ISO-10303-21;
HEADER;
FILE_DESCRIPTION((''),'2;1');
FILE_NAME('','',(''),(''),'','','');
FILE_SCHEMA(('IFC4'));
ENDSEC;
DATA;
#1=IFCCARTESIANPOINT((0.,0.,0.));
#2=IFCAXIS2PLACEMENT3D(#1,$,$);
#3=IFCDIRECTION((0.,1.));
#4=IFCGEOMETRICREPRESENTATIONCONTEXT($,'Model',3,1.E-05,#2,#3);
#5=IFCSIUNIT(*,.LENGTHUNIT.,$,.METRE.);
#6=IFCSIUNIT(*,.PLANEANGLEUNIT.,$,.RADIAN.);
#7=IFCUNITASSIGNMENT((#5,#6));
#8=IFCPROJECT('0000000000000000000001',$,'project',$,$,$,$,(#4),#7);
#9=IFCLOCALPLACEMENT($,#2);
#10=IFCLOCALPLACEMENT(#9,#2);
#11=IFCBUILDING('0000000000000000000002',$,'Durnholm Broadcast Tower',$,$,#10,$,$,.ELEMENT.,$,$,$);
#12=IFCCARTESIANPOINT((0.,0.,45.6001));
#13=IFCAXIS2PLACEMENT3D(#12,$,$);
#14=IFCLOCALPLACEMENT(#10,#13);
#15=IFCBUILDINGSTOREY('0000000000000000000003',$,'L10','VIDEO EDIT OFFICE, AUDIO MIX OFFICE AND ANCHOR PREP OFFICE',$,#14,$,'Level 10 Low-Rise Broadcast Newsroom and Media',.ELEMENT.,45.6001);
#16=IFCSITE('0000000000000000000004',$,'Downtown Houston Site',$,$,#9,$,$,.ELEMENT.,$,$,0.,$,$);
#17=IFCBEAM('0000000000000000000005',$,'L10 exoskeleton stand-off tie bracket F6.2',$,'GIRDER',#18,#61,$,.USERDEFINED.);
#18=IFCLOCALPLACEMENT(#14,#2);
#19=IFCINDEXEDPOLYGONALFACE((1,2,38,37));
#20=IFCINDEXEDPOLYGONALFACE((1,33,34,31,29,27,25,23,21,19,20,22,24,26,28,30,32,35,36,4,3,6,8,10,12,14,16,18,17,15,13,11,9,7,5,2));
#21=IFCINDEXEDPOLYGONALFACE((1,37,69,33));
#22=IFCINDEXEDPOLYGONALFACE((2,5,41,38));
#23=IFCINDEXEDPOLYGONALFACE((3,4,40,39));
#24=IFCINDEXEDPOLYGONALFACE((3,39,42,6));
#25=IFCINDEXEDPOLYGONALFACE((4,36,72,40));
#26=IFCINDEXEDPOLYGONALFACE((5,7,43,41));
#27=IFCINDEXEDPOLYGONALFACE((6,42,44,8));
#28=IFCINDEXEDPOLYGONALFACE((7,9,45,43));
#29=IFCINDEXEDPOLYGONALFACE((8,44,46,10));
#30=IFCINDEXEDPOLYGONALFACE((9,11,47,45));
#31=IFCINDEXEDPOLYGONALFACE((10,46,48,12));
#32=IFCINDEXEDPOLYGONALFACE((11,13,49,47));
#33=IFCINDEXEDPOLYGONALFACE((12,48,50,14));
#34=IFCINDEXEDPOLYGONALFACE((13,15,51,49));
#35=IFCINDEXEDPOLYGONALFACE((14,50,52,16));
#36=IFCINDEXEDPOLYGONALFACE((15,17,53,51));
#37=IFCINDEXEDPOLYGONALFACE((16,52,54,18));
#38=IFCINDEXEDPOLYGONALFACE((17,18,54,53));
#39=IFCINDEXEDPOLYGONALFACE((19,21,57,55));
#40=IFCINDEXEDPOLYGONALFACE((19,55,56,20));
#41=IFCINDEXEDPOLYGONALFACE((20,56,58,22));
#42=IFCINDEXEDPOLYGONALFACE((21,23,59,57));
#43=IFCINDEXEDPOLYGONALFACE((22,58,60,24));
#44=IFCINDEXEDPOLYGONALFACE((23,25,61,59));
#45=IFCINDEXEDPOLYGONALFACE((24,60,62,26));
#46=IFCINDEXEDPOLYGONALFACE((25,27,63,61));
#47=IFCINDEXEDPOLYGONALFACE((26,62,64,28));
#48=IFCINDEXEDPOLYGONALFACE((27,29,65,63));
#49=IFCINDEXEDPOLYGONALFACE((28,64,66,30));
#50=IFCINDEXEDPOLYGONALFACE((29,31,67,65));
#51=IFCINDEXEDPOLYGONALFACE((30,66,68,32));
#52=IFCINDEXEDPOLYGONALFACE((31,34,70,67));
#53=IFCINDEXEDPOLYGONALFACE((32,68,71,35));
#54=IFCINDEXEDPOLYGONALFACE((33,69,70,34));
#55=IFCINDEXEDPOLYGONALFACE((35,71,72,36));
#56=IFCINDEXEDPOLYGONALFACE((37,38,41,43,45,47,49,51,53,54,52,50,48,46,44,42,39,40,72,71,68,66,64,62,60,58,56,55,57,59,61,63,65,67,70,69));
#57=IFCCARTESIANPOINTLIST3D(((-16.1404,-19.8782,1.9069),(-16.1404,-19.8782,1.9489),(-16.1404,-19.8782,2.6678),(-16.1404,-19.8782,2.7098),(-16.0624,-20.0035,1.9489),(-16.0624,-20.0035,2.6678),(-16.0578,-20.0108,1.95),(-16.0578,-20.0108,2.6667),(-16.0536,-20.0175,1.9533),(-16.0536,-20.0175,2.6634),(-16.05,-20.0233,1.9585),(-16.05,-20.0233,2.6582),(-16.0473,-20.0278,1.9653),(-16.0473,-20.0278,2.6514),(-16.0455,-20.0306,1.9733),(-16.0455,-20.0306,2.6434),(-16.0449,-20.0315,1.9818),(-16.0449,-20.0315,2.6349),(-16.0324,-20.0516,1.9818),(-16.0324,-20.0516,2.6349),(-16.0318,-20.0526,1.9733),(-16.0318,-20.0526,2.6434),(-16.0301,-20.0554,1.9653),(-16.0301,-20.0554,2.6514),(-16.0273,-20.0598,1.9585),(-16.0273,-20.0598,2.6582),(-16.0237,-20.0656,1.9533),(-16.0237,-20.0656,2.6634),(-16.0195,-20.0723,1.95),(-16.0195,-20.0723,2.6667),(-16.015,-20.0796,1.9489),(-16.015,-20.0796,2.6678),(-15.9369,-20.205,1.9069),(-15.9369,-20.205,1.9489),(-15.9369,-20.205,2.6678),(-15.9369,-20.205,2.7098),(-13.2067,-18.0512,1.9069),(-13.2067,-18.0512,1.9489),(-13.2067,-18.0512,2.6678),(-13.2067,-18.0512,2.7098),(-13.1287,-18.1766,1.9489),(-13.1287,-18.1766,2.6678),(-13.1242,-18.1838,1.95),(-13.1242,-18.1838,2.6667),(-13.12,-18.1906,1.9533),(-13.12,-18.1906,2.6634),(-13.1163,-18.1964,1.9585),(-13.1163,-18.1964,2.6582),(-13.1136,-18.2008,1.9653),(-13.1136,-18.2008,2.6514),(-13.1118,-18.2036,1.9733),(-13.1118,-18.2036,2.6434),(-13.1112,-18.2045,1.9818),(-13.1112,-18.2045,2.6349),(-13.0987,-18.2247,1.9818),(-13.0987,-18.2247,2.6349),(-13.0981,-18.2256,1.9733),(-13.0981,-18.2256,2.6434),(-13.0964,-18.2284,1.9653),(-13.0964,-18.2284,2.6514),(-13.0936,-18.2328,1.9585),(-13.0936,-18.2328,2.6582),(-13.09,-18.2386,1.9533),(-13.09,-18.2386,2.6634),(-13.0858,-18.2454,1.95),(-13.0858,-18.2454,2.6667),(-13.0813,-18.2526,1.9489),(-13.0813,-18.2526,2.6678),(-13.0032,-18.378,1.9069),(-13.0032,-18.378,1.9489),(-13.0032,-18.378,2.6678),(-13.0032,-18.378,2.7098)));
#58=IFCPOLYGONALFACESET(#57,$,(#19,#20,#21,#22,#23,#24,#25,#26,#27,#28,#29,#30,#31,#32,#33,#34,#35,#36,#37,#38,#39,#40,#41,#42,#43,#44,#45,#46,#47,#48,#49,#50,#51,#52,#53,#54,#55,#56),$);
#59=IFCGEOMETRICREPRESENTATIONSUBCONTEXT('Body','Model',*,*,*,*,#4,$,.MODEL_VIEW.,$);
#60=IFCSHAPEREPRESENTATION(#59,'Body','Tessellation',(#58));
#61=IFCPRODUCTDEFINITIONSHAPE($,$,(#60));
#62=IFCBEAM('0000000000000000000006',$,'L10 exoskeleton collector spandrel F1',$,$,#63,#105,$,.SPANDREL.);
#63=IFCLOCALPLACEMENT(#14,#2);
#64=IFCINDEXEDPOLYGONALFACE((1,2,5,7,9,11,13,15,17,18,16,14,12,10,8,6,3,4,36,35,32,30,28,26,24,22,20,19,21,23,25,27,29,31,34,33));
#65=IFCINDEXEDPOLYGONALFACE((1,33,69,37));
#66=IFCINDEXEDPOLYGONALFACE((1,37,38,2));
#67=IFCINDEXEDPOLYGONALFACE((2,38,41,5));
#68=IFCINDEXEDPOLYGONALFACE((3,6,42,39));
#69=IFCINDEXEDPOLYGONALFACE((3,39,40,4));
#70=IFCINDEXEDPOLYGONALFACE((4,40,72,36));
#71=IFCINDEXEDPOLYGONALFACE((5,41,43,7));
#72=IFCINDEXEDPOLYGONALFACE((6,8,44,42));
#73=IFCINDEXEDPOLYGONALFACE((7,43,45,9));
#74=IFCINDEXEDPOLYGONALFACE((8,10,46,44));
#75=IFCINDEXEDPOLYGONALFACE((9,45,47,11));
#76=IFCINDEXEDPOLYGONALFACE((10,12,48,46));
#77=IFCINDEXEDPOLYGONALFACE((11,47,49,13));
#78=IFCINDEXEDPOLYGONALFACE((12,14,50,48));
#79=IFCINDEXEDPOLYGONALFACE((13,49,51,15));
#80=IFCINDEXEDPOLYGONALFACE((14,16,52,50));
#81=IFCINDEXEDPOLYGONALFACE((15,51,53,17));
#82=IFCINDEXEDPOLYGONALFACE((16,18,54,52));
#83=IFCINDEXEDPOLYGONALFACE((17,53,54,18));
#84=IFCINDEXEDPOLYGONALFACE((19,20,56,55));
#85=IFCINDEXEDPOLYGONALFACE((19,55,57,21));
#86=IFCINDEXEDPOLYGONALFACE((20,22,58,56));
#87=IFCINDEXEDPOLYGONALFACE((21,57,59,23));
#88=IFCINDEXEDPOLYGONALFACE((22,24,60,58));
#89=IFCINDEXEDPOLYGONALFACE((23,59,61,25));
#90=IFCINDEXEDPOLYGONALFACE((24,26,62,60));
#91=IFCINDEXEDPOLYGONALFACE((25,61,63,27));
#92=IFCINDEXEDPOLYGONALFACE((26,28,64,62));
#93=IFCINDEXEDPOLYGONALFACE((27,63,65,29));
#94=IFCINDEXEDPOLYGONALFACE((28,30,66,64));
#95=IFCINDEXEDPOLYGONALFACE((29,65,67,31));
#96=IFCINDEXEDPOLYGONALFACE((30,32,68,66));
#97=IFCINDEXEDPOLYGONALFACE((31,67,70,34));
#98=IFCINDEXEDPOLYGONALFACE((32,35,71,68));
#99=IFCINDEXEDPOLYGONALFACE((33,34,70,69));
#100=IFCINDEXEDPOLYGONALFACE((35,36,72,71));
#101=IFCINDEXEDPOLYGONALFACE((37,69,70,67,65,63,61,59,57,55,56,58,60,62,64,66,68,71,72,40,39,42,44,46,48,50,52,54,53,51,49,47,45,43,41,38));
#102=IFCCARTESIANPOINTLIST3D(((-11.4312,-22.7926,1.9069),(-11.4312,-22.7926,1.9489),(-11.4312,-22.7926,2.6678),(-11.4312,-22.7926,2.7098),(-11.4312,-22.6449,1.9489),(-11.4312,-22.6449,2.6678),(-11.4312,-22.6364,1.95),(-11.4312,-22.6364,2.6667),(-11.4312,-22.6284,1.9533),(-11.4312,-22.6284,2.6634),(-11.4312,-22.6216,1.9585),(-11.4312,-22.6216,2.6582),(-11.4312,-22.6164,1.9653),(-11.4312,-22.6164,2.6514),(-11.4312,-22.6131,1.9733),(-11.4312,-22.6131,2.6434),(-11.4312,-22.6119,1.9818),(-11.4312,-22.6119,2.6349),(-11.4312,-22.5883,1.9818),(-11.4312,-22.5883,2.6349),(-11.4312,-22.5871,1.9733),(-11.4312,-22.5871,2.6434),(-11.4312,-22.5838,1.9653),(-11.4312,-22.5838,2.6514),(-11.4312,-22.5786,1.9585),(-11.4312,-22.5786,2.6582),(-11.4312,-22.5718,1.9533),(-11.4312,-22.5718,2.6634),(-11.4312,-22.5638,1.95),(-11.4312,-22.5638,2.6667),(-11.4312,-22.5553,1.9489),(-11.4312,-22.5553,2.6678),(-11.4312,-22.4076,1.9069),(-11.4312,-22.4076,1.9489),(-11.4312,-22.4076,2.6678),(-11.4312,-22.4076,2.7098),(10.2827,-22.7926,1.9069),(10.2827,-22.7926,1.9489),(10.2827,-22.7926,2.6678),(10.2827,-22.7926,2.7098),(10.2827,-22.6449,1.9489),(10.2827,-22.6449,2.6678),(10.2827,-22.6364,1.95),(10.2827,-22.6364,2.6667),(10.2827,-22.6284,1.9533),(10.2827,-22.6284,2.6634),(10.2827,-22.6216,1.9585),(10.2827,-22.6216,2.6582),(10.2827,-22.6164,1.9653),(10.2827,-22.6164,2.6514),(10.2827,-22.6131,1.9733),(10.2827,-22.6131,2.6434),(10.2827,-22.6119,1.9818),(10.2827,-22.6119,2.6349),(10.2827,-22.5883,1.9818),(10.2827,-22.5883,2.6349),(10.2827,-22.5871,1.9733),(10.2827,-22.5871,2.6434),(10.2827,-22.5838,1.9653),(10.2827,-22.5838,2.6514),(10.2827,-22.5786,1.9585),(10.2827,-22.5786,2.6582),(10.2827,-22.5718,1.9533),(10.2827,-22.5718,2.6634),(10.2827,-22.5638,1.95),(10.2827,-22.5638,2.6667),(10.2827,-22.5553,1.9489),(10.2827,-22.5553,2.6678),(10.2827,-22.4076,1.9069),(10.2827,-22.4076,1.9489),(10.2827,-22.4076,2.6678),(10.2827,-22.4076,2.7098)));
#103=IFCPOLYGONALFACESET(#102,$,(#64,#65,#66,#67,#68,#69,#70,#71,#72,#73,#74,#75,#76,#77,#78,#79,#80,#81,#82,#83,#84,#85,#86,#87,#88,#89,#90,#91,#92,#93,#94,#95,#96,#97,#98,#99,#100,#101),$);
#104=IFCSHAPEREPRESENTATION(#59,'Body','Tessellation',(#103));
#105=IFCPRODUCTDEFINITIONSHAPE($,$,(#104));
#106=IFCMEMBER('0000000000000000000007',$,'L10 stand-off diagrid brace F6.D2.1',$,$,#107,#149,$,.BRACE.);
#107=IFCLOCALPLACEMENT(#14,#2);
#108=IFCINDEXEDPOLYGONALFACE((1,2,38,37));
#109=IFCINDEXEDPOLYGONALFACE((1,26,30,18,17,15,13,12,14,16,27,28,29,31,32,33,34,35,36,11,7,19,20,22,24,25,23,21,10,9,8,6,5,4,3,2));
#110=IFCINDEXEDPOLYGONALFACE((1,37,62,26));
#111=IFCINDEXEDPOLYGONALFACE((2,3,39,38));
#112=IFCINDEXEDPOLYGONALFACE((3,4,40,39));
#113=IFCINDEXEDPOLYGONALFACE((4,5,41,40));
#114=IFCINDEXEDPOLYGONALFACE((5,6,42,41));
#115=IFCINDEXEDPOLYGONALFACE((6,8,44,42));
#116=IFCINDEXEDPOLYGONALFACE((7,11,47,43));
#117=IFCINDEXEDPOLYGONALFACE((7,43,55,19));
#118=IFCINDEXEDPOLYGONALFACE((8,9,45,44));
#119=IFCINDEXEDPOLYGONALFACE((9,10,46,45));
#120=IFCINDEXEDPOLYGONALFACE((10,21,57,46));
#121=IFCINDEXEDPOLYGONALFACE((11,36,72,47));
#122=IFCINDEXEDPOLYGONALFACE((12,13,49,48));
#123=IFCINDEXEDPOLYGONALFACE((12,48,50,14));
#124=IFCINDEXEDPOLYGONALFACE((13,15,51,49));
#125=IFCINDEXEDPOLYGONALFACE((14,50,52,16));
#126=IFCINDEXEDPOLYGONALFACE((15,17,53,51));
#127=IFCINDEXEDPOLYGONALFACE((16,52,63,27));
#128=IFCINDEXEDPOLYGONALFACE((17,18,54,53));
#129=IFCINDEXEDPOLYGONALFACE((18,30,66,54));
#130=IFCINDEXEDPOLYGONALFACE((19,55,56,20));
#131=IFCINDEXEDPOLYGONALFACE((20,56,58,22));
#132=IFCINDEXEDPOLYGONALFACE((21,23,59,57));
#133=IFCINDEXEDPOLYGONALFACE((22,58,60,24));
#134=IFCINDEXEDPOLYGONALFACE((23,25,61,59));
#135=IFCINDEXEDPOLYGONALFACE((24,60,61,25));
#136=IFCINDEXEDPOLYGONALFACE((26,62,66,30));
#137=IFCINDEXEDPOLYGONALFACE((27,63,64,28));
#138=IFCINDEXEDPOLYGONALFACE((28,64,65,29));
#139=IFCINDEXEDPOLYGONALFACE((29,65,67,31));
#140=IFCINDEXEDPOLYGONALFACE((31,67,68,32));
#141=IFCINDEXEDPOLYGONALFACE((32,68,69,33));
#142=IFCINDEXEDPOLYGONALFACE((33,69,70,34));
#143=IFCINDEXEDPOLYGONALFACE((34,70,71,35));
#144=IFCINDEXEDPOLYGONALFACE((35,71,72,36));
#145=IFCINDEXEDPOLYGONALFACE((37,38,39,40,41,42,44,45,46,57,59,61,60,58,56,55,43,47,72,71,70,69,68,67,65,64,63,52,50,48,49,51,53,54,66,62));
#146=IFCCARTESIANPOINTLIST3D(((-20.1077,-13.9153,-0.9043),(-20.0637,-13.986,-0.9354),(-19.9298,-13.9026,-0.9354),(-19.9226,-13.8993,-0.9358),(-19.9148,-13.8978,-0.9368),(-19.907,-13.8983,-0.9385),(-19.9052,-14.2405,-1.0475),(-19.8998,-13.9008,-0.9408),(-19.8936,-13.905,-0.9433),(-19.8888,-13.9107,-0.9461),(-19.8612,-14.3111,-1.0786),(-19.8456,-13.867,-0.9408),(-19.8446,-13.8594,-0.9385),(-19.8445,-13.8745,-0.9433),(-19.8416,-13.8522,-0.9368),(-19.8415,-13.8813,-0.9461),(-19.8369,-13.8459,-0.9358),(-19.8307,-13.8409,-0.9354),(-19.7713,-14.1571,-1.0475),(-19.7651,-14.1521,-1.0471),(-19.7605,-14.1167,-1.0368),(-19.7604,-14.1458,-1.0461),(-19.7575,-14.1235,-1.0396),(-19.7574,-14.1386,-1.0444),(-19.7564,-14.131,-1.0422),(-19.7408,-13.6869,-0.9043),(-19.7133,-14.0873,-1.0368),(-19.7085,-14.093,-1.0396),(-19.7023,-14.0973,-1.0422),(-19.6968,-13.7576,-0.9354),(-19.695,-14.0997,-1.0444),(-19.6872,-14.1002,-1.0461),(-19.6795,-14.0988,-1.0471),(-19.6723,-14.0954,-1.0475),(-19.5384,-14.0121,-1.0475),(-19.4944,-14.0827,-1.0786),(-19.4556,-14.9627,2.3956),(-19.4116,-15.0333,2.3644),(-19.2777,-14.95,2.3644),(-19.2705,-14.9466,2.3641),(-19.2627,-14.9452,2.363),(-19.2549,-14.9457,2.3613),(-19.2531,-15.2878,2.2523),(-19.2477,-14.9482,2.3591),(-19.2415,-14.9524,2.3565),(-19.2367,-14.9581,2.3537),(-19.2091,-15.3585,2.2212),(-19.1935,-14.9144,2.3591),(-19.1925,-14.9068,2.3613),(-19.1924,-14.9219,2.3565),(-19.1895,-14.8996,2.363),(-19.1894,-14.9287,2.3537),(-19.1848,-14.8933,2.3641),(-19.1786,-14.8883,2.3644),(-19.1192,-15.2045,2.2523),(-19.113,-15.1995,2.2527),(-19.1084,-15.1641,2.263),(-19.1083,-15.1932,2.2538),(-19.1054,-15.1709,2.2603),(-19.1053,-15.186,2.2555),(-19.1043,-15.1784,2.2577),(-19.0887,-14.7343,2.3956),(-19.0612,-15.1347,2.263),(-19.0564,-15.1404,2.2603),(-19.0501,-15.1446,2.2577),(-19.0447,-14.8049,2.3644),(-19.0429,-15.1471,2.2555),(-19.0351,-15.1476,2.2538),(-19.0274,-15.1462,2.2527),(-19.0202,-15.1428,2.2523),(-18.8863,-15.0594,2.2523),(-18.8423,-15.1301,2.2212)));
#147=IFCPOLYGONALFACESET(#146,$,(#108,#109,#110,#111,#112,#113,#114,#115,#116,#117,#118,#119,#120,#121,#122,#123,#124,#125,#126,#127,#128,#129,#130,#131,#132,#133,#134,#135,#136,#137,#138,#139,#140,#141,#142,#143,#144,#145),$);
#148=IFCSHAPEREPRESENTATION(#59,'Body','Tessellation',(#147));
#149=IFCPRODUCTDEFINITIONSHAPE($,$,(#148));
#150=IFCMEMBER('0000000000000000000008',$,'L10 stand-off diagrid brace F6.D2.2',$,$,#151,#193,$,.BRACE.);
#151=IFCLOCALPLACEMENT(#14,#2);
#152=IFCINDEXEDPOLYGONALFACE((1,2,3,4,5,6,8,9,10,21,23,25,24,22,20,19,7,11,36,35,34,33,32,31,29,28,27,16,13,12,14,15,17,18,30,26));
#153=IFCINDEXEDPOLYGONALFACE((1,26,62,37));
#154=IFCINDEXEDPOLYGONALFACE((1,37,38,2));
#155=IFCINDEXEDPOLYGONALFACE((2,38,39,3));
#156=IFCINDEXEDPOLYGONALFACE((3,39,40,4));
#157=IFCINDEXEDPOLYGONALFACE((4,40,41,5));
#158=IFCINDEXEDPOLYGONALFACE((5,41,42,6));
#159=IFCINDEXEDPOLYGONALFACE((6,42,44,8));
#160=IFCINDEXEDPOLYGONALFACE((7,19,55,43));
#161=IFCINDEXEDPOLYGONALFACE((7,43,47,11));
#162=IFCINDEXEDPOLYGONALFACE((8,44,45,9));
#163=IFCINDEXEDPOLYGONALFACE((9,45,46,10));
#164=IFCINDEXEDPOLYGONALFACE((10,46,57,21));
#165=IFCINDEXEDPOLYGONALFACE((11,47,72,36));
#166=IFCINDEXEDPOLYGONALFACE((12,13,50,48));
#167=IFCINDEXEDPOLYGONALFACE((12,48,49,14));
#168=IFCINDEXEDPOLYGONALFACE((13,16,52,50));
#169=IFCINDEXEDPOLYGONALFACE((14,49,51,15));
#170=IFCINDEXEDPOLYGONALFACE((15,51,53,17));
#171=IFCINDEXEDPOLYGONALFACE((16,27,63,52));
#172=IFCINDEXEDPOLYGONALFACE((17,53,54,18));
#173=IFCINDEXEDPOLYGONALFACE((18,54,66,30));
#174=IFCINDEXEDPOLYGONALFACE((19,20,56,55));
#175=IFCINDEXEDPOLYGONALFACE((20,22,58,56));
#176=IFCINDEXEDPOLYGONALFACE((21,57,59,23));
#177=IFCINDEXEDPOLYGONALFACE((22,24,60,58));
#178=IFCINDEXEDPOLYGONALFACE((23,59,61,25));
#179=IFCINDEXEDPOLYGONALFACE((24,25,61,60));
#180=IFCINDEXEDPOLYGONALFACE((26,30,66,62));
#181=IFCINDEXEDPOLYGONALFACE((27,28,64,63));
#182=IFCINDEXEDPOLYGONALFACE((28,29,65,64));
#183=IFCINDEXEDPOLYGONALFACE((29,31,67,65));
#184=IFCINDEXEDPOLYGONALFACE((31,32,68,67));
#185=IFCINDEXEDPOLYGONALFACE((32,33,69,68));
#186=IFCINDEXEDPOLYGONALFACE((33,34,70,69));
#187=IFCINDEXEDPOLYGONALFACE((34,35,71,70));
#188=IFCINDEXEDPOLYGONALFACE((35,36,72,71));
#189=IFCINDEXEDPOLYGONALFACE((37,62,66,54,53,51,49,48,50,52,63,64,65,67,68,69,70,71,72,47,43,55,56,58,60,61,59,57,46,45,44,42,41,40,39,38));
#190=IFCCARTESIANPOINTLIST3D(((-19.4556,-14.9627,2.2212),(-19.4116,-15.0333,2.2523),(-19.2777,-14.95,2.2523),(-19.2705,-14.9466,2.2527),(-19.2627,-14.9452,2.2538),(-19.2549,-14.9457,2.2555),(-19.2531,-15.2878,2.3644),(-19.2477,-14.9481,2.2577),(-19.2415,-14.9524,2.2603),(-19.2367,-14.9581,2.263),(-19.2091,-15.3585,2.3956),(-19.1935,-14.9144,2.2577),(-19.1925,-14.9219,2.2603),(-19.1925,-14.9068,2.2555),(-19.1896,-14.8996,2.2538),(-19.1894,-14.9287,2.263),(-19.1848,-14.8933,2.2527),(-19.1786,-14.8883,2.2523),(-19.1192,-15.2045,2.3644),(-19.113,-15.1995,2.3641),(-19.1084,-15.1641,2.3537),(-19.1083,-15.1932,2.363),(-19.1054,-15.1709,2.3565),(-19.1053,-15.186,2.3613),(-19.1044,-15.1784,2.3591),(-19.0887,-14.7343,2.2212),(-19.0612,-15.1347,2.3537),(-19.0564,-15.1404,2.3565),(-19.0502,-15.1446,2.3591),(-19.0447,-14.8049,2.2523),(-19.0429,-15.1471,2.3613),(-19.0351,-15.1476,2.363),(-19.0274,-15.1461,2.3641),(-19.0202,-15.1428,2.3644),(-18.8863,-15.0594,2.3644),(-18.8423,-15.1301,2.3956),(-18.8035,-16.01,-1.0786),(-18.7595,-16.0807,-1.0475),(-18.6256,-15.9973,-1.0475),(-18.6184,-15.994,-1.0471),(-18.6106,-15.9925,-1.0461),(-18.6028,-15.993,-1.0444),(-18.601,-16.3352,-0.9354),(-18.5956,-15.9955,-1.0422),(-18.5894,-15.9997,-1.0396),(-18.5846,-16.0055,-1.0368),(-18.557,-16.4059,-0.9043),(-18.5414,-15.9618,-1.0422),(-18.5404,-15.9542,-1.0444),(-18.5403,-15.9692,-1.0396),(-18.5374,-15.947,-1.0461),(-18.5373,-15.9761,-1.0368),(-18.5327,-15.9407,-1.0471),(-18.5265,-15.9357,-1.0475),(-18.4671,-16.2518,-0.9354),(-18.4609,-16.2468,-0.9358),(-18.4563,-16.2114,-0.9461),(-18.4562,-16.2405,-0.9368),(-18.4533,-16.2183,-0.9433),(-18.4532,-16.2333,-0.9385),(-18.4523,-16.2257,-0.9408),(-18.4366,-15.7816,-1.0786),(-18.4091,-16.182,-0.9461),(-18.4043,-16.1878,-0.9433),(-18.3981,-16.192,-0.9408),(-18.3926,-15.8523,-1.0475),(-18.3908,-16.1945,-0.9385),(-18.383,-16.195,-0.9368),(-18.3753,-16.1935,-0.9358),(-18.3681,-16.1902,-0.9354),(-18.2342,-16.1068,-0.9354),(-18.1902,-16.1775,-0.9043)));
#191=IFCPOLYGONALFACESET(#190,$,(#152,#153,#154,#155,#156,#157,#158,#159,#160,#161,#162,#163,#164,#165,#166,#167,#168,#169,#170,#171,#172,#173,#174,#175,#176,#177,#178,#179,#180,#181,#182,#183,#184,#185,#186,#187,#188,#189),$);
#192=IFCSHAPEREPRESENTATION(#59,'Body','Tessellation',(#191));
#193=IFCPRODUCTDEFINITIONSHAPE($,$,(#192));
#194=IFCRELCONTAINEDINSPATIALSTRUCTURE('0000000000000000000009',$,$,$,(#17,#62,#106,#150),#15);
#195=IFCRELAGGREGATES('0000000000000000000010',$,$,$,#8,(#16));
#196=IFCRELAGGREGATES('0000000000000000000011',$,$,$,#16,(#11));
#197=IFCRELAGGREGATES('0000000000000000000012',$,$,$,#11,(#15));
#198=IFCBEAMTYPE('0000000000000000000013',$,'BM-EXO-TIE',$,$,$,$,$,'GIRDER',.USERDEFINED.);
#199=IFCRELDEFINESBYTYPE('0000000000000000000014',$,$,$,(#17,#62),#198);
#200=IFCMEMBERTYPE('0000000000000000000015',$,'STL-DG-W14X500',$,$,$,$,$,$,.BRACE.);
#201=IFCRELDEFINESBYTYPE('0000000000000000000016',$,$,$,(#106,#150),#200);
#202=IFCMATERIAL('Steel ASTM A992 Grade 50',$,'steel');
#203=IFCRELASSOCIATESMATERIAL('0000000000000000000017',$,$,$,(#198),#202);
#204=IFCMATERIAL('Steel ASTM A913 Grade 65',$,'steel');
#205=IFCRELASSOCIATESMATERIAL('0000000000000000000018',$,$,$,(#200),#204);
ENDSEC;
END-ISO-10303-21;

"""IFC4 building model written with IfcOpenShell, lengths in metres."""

from ifc_helpers import new_model, si_unit, direction, frame, origin, origin_2d, place, context, subcontext, project, spatial, i_section, extrude, source, transform, mapped, material, material_profile, profile_set, type_object, type_shapes, element, save


model = new_model("IFC4")

# Units and contexts
model_context = context("Model", 3, precision=1e-05, world=origin(), true_north=direction((0.0, 1.0)))
body_context = subcontext(model_context, "Body", "Model", "MODEL_VIEW")
ifc_project = project(units=[si_unit("LENGTHUNIT", "METRE"), si_unit("PLANEANGLEUNIT", "RADIAN")], contexts=[model_context])

# Site, building, storey
site_placement = place(None, origin())
site = spatial("IfcSite", under=ifc_project, at=site_placement, Name="Downtown Houston Site", CompositionType="ELEMENT", RefElevation=0.0)
building_placement = place(site_placement, origin())
building = spatial("IfcBuilding", under=site, at=building_placement, Name="Durnholm Broadcast Tower", CompositionType="ELEMENT")
storey_placement = place(building_placement, frame((0.0, 0.0, 45.6001)))
storey = spatial("IfcBuildingStorey", under=building, at=storey_placement, Name="L10", Description="VIDEO EDIT OFFICE, AUDIO MIX OFFICE AND ANCHOR PREP OFFICE", LongName="Level 10 Low-Rise Broadcast Newsroom and Media", CompositionType="ELEMENT", Elevation=45.6001)

# Beams
ifc_material_1 = material(Name="Steel ASTM A992 Grade 50", Category="steel")
ifc_material_profile_1 = material_profile(ifc_material_1, i_section(OverallWidth=0.385, OverallDepth=0.803, WebThickness=0.0237, FlangeThickness=0.042, FilletRadius=0.033, at=origin_2d()), Name="W30X261")
ifc_profile_set_1 = profile_set([ifc_material_profile_1], Name="Steel ASTM A992 Grade 50")
beam_type_1 = type_object("IfcBeamType", Name="BM-EXO-TIE", ElementType="GIRDER", PredefinedType="USERDEFINED", material=ifc_profile_set_1)
shared_shape_1 = source(origin(), body_context, "Body", "SweptSolid", [
    extrude(i_section(OverallWidth=0.385, OverallDepth=0.803, WebThickness=0.0237, FlangeThickness=0.042, FilletRadius=0.033, at=origin_2d()), origin(), (0.0, 0.0, 1.0), 3.4561),
])
for number, where, z_axis, x_axis, name in (
    (1, (-13.105, -18.2146, 2.3083), (-0.848854, -0.528627, 0.0), (0.528627, -0.848854, 0.0), "L10 exoskeleton stand-off tie bracket F6.2"),
):
    element("IfcBeam", number, at=place(storey_placement, frame(where, z_axis=z_axis, x_axis=x_axis)), inside=storey, type_object=beam_type_1, Name=name, ObjectType="GIRDER", PredefinedType="USERDEFINED", context=body_context, shape_type="MappedRepresentation", body=[
        mapped(shared_shape_1, transform((0.0, 0.0, 0.0), x_axis=(1.0, 0.0, 0.0), y_axis=(0.0, 1.0, 0.0), z_axis=(0.0, 0.0, 1.0), scale=1.0)),
    ])
shared_shape_2 = source(origin(), body_context, "Body", "SweptSolid", [
    extrude(i_section(OverallWidth=0.385, OverallDepth=0.803, WebThickness=0.0237, FlangeThickness=0.042, FilletRadius=0.033, at=origin_2d()), origin(), (0.0, 0.0, 1.0), 21.7139),
])
type_shapes(beam_type_1, [shared_shape_1, shared_shape_2])
beam_1_placement = place(storey_placement, frame((-11.4312, -22.6001, 2.3083), z_axis=(1.0, 0.0, 0.0), x_axis=(0.0, 1.0, 0.0)))
element("IfcBeam", 2, at=beam_1_placement, inside=storey, type_object=beam_type_1, Name="L10 exoskeleton collector spandrel F1", PredefinedType="SPANDREL", context=body_context, shape_type="MappedRepresentation", body=[
    mapped(shared_shape_2, transform((0.0, 0.0, 0.0), x_axis=(1.0, 0.0, 0.0), y_axis=(0.0, 1.0, 0.0), z_axis=(0.0, 0.0, 1.0), scale=1.0)),
])

# Members
ifc_material_2 = material(Name="Steel ASTM A913 Grade 65", Category="steel")
ifc_material_profile_2 = material_profile(ifc_material_2, i_section(OverallWidth=0.4321, OverallDepth=0.4978, WebThickness=0.0557, FlangeThickness=0.0889, FilletRadius=0.0305, at=origin_2d()), Name="W14X500")
ifc_profile_set_2 = profile_set([ifc_material_profile_2], Name="Steel ASTM A913 Grade 65")
member_type_1 = type_object("IfcMemberType", Name="STL-DG-W14X500", PredefinedType="BRACE", material=ifc_profile_set_2)
shared_shape_3 = source(origin(), body_context, "Body", "SweptSolid", [
    extrude(i_section(OverallWidth=0.4321, OverallDepth=0.4978, WebThickness=0.0557, FlangeThickness=0.0889, FilletRadius=0.0305, at=origin_2d()), origin(), (0.0, 0.0, 1.0), 3.5229),
])
type_shapes(member_type_1, [shared_shape_3])
for number, where, z_axis, x_axis, name in (
    (3, (-19.801, -13.999, -0.9915), (0.185102, -0.2973, 0.936669), (0.848909, 0.52854, 0.0), "L10 stand-off diagrid brace F6.D2.1"),
    (4, (-18.4968, -16.0938, -0.9915), (-0.185102, 0.2973, 0.936669), (-0.848909, -0.52854, 0.0), "L10 stand-off diagrid brace F6.D2.2"),
):
    element("IfcMember", number, at=place(storey_placement, frame(where, z_axis=z_axis, x_axis=x_axis)), inside=storey, type_object=member_type_1, Name=name, PredefinedType="BRACE", context=body_context, shape_type="MappedRepresentation", body=[
        mapped(shared_shape_3, transform((0.0, 0.0, 0.0), x_axis=(1.0, 0.0, 0.0), y_axis=(0.0, 1.0, 0.0), z_axis=(0.0, 0.0, 1.0), scale=1.0)),
    ])

save(model, "model.ifc")
